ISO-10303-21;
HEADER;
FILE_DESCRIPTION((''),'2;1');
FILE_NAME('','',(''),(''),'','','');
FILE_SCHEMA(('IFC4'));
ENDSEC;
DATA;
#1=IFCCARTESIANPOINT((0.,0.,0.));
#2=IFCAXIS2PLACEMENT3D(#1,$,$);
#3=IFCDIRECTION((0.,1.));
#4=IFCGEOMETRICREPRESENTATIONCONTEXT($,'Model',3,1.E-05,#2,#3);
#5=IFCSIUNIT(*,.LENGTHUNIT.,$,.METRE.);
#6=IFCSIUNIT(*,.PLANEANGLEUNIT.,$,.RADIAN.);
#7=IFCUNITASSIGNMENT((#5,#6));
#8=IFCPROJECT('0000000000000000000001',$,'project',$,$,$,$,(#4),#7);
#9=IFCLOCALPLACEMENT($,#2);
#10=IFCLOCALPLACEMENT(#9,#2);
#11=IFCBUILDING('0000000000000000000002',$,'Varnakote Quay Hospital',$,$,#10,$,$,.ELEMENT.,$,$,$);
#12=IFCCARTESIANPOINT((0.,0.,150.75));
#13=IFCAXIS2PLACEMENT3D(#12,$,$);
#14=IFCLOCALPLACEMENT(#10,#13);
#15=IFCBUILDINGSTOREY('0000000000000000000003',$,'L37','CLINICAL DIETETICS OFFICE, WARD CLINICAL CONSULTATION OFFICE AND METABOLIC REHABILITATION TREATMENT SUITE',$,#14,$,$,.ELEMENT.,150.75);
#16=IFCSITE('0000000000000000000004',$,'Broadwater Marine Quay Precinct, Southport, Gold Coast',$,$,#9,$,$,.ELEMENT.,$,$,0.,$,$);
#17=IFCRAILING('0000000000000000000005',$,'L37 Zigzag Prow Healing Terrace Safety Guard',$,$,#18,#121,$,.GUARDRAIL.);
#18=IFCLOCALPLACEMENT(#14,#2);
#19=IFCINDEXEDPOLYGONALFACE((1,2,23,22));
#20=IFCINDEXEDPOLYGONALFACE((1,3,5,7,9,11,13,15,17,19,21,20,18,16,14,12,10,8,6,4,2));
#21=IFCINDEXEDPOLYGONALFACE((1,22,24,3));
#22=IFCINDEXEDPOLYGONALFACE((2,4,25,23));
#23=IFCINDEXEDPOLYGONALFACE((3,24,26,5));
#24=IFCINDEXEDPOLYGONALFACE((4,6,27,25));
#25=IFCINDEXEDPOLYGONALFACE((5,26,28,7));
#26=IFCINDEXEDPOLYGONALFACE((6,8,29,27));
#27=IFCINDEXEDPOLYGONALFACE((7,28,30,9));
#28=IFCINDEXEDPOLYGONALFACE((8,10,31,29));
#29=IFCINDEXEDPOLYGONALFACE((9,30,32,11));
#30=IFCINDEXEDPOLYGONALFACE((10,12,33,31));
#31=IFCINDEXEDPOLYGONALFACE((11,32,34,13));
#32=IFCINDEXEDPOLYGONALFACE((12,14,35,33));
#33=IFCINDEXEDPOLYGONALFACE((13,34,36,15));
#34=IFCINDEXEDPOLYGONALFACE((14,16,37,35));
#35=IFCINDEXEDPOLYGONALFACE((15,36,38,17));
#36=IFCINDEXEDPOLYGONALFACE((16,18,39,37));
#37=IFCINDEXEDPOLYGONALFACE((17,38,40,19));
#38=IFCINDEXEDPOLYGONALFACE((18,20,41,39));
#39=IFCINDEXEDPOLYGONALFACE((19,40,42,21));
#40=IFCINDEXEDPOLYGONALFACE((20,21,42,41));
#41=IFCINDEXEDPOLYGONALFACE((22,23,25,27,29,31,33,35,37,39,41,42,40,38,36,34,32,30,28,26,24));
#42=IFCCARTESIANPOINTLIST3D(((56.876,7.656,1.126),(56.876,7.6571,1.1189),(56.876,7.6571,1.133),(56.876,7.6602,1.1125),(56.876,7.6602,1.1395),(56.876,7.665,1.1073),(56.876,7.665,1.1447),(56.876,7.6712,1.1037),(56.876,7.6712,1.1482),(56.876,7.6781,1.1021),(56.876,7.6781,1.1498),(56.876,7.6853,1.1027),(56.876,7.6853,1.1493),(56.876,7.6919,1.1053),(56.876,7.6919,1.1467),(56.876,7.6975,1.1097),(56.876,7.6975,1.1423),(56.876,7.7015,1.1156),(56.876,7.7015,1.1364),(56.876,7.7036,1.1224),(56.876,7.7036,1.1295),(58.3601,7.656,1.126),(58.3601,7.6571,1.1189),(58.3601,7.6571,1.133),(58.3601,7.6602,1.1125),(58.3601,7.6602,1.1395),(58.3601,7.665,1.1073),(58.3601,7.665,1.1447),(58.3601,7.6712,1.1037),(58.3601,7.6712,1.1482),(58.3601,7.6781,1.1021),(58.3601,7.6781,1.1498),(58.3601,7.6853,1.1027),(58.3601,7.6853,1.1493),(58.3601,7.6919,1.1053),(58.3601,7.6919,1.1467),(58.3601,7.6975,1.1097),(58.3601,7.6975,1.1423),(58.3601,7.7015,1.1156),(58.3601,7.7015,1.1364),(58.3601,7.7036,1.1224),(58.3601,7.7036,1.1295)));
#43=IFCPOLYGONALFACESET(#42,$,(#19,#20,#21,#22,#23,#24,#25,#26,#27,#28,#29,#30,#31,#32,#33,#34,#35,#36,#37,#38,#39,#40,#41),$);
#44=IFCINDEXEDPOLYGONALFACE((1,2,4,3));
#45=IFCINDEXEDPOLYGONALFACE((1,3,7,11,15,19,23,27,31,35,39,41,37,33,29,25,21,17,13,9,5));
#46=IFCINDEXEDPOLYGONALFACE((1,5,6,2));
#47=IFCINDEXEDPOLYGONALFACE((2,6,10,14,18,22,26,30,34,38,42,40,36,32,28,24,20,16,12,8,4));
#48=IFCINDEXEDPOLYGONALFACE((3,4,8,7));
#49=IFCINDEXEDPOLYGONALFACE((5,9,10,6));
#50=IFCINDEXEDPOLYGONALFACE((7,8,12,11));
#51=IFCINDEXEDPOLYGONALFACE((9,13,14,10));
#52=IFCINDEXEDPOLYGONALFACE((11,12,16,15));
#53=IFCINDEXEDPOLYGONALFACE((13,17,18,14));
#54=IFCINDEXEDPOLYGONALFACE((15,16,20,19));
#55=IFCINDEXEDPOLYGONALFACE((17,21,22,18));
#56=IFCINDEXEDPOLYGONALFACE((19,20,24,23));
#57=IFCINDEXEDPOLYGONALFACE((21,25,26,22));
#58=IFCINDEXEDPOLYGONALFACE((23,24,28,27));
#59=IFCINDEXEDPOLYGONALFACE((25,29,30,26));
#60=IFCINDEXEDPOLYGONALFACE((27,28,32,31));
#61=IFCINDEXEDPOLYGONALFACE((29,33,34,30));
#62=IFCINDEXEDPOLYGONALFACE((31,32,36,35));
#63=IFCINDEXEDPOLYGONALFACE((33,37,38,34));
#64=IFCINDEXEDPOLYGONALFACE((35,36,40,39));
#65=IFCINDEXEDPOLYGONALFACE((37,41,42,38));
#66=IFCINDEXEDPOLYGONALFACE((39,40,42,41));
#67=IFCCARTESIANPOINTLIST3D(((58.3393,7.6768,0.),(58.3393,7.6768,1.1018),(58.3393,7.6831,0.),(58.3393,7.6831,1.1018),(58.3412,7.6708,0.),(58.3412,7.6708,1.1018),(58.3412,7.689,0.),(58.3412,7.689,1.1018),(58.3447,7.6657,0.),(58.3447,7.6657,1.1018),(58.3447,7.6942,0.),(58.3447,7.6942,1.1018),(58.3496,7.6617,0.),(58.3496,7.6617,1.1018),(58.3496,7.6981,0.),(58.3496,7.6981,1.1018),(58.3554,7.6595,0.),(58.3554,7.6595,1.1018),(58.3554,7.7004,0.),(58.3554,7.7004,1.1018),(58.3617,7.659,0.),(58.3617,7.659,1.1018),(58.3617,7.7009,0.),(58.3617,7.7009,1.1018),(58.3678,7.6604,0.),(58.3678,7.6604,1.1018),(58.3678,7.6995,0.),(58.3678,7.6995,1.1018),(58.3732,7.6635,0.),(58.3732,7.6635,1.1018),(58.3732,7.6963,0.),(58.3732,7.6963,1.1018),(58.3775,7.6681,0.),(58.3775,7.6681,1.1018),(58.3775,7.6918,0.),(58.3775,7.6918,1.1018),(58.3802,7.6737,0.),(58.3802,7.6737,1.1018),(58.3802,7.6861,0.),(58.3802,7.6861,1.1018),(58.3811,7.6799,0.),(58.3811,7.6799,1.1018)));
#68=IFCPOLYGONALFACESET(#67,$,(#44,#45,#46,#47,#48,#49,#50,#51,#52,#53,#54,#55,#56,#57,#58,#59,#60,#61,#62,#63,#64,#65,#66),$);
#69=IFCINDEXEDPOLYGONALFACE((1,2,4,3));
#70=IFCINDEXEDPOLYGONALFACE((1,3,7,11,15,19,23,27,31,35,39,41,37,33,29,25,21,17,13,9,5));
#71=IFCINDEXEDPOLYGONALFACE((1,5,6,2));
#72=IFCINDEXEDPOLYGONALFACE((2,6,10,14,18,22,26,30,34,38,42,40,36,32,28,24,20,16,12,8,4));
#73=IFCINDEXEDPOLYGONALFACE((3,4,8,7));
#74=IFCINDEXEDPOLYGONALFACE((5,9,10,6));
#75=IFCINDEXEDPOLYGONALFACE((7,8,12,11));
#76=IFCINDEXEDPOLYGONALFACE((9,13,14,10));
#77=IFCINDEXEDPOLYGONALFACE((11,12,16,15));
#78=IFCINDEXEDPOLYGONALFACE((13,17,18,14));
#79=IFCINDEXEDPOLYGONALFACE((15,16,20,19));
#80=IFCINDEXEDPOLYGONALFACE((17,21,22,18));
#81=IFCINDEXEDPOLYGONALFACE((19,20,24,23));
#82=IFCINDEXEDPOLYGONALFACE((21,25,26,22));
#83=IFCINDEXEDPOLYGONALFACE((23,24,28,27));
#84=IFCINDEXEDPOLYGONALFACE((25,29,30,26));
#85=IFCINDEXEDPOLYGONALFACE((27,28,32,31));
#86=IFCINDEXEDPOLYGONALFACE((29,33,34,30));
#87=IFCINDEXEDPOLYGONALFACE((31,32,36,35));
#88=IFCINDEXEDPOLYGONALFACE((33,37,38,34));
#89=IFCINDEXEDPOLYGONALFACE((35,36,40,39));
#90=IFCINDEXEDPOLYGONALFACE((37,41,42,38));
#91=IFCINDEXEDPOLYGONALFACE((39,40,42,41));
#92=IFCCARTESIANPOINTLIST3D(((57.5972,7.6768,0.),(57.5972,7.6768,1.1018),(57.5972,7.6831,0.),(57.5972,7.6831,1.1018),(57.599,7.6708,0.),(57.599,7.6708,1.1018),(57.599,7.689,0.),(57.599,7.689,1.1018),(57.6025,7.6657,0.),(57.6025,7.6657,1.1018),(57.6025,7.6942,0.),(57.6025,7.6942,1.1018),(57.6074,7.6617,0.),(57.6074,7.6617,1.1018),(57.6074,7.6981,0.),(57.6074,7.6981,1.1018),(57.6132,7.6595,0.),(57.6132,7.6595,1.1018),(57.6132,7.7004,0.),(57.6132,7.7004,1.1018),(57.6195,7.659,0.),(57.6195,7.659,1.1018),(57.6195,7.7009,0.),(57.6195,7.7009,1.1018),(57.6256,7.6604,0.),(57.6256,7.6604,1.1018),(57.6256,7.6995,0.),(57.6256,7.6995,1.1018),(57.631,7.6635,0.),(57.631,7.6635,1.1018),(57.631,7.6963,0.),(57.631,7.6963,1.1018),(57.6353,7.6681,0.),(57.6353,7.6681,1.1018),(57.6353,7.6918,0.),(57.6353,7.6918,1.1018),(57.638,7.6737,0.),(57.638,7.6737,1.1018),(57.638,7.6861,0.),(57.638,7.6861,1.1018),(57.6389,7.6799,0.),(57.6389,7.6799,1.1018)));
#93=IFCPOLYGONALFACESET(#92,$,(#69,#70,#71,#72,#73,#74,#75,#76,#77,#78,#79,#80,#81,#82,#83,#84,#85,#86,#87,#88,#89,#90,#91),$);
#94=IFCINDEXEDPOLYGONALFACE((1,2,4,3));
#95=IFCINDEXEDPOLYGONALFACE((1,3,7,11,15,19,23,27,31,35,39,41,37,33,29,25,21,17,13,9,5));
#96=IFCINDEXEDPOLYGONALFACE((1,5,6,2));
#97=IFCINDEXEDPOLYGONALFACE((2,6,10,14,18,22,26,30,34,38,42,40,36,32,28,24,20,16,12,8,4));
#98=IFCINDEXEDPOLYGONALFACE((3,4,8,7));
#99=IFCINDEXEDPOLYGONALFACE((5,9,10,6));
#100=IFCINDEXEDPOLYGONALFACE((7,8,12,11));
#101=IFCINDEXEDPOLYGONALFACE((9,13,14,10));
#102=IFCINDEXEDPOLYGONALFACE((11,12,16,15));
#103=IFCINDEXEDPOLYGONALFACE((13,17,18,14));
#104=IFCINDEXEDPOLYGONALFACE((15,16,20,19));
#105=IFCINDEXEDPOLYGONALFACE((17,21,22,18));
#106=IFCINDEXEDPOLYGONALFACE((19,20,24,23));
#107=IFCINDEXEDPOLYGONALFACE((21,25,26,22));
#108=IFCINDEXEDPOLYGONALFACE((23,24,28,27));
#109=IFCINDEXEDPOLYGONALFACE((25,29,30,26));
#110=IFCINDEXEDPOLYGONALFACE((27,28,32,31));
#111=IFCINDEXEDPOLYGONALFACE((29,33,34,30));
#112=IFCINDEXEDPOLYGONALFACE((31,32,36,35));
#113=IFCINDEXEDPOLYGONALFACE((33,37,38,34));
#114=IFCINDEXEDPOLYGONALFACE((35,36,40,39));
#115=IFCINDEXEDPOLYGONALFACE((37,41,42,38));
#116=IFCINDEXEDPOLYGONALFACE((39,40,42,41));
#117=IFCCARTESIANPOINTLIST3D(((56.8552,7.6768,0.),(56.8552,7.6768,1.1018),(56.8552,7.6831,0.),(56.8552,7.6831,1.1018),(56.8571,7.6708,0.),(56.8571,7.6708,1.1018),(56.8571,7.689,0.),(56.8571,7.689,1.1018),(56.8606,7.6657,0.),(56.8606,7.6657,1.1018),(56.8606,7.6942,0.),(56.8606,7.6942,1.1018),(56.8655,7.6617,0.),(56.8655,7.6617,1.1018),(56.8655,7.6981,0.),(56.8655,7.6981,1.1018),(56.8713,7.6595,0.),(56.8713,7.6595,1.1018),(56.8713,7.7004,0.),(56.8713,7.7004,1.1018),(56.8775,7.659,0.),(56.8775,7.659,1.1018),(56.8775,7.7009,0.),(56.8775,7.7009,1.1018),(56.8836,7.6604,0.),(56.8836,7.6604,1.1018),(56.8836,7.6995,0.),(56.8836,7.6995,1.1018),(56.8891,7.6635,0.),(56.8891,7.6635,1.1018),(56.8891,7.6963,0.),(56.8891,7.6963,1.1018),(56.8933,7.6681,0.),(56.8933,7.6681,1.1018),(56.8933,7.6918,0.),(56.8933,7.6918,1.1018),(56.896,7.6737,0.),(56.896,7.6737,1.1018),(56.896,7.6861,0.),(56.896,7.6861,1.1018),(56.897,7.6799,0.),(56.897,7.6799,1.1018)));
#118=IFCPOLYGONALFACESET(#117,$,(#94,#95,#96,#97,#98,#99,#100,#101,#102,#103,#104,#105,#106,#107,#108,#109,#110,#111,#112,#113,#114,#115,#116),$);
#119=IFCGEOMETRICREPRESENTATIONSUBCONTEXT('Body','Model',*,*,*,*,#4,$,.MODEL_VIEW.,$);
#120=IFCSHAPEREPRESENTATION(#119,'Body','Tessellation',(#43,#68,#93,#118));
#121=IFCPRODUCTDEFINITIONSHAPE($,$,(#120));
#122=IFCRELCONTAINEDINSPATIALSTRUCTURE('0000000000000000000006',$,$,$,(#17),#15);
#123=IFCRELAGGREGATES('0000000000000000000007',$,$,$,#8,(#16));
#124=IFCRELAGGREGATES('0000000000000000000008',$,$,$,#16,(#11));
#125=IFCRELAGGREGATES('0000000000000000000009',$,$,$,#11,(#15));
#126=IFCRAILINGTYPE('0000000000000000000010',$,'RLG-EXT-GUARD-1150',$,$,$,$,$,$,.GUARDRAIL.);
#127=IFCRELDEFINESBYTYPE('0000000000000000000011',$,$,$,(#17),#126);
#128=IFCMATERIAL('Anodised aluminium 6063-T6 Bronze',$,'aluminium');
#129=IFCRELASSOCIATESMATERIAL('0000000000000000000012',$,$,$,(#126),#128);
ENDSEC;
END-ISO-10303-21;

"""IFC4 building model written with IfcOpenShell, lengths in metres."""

from ifc_helpers import new_model, si_unit, direction, frame, origin, origin_2d, place, context, subcontext, project, spatial, circle, extrude, material, type_object, element, save


model = new_model("IFC4")

# Units and contexts
model_context = context("Model", 3, precision=1e-05, world=origin(), true_north=direction((0.0, 1.0)))
body_context = subcontext(model_context, "Body", "Model", "MODEL_VIEW")
ifc_project = project(units=[si_unit("LENGTHUNIT", "METRE"), si_unit("PLANEANGLEUNIT", "RADIAN")], contexts=[model_context])

# Site, building, storey
site_placement = place(None, origin())
site = spatial("IfcSite", under=ifc_project, at=site_placement, Name="Broadwater Marine Quay Precinct, Southport, Gold Coast", CompositionType="ELEMENT", RefElevation=0.0)
building_placement = place(site_placement, origin())
building = spatial("IfcBuilding", under=site, at=building_placement, Name="Varnakote Quay Hospital", CompositionType="ELEMENT")
storey_placement = place(building_placement, frame((0.0, 0.0, 150.75)))
storey = spatial("IfcBuildingStorey", under=building, at=storey_placement, Name="L37", Description="CLINICAL DIETETICS OFFICE, WARD CLINICAL CONSULTATION OFFICE AND METABOLIC REHABILITATION TREATMENT SUITE", CompositionType="ELEMENT", Elevation=150.75)

# Railing
ifc_material_1 = material(Name="Anodised aluminium 6063-T6 Bronze", Category="aluminium")
railing_type_1 = type_object("IfcRailingType", Name="RLG-EXT-GUARD-1150", PredefinedType="GUARDRAIL", material=ifc_material_1)
railing_1_placement = place(storey_placement, frame((58.3601, 7.6799, 0.0)))
element("IfcRailing", 1, at=railing_1_placement, inside=storey, type_object=railing_type_1, Name="L37 Zigzag Prow Healing Terrace Safety Guard", PredefinedType="GUARDRAIL", context=body_context, shape_type="SweptSolid", body=[
    extrude(circle(Radius=0.0239, at=origin_2d()), frame((0.0, 0.0, 1.126), z_axis=(-1.0, 0.0, 0.0), x_axis=(0.0, -1.0, 0.0)), (0.0, 0.0, 1.0), 1.4841),
    extrude(circle(Radius=0.021, at=origin_2d()), origin(), (0.0, 0.0, 1.0), 1.1018),
    extrude(circle(Radius=0.021, at=origin_2d()), frame((-0.7422, 0.0, 0.0)), (0.0, 0.0, 1.0), 1.1018),
    extrude(circle(Radius=0.021, at=origin_2d()), frame((-1.4841, 0.0, 0.0)), (0.0, 0.0, 1.0), 1.1018),
])

save(model, "model.ifc")
